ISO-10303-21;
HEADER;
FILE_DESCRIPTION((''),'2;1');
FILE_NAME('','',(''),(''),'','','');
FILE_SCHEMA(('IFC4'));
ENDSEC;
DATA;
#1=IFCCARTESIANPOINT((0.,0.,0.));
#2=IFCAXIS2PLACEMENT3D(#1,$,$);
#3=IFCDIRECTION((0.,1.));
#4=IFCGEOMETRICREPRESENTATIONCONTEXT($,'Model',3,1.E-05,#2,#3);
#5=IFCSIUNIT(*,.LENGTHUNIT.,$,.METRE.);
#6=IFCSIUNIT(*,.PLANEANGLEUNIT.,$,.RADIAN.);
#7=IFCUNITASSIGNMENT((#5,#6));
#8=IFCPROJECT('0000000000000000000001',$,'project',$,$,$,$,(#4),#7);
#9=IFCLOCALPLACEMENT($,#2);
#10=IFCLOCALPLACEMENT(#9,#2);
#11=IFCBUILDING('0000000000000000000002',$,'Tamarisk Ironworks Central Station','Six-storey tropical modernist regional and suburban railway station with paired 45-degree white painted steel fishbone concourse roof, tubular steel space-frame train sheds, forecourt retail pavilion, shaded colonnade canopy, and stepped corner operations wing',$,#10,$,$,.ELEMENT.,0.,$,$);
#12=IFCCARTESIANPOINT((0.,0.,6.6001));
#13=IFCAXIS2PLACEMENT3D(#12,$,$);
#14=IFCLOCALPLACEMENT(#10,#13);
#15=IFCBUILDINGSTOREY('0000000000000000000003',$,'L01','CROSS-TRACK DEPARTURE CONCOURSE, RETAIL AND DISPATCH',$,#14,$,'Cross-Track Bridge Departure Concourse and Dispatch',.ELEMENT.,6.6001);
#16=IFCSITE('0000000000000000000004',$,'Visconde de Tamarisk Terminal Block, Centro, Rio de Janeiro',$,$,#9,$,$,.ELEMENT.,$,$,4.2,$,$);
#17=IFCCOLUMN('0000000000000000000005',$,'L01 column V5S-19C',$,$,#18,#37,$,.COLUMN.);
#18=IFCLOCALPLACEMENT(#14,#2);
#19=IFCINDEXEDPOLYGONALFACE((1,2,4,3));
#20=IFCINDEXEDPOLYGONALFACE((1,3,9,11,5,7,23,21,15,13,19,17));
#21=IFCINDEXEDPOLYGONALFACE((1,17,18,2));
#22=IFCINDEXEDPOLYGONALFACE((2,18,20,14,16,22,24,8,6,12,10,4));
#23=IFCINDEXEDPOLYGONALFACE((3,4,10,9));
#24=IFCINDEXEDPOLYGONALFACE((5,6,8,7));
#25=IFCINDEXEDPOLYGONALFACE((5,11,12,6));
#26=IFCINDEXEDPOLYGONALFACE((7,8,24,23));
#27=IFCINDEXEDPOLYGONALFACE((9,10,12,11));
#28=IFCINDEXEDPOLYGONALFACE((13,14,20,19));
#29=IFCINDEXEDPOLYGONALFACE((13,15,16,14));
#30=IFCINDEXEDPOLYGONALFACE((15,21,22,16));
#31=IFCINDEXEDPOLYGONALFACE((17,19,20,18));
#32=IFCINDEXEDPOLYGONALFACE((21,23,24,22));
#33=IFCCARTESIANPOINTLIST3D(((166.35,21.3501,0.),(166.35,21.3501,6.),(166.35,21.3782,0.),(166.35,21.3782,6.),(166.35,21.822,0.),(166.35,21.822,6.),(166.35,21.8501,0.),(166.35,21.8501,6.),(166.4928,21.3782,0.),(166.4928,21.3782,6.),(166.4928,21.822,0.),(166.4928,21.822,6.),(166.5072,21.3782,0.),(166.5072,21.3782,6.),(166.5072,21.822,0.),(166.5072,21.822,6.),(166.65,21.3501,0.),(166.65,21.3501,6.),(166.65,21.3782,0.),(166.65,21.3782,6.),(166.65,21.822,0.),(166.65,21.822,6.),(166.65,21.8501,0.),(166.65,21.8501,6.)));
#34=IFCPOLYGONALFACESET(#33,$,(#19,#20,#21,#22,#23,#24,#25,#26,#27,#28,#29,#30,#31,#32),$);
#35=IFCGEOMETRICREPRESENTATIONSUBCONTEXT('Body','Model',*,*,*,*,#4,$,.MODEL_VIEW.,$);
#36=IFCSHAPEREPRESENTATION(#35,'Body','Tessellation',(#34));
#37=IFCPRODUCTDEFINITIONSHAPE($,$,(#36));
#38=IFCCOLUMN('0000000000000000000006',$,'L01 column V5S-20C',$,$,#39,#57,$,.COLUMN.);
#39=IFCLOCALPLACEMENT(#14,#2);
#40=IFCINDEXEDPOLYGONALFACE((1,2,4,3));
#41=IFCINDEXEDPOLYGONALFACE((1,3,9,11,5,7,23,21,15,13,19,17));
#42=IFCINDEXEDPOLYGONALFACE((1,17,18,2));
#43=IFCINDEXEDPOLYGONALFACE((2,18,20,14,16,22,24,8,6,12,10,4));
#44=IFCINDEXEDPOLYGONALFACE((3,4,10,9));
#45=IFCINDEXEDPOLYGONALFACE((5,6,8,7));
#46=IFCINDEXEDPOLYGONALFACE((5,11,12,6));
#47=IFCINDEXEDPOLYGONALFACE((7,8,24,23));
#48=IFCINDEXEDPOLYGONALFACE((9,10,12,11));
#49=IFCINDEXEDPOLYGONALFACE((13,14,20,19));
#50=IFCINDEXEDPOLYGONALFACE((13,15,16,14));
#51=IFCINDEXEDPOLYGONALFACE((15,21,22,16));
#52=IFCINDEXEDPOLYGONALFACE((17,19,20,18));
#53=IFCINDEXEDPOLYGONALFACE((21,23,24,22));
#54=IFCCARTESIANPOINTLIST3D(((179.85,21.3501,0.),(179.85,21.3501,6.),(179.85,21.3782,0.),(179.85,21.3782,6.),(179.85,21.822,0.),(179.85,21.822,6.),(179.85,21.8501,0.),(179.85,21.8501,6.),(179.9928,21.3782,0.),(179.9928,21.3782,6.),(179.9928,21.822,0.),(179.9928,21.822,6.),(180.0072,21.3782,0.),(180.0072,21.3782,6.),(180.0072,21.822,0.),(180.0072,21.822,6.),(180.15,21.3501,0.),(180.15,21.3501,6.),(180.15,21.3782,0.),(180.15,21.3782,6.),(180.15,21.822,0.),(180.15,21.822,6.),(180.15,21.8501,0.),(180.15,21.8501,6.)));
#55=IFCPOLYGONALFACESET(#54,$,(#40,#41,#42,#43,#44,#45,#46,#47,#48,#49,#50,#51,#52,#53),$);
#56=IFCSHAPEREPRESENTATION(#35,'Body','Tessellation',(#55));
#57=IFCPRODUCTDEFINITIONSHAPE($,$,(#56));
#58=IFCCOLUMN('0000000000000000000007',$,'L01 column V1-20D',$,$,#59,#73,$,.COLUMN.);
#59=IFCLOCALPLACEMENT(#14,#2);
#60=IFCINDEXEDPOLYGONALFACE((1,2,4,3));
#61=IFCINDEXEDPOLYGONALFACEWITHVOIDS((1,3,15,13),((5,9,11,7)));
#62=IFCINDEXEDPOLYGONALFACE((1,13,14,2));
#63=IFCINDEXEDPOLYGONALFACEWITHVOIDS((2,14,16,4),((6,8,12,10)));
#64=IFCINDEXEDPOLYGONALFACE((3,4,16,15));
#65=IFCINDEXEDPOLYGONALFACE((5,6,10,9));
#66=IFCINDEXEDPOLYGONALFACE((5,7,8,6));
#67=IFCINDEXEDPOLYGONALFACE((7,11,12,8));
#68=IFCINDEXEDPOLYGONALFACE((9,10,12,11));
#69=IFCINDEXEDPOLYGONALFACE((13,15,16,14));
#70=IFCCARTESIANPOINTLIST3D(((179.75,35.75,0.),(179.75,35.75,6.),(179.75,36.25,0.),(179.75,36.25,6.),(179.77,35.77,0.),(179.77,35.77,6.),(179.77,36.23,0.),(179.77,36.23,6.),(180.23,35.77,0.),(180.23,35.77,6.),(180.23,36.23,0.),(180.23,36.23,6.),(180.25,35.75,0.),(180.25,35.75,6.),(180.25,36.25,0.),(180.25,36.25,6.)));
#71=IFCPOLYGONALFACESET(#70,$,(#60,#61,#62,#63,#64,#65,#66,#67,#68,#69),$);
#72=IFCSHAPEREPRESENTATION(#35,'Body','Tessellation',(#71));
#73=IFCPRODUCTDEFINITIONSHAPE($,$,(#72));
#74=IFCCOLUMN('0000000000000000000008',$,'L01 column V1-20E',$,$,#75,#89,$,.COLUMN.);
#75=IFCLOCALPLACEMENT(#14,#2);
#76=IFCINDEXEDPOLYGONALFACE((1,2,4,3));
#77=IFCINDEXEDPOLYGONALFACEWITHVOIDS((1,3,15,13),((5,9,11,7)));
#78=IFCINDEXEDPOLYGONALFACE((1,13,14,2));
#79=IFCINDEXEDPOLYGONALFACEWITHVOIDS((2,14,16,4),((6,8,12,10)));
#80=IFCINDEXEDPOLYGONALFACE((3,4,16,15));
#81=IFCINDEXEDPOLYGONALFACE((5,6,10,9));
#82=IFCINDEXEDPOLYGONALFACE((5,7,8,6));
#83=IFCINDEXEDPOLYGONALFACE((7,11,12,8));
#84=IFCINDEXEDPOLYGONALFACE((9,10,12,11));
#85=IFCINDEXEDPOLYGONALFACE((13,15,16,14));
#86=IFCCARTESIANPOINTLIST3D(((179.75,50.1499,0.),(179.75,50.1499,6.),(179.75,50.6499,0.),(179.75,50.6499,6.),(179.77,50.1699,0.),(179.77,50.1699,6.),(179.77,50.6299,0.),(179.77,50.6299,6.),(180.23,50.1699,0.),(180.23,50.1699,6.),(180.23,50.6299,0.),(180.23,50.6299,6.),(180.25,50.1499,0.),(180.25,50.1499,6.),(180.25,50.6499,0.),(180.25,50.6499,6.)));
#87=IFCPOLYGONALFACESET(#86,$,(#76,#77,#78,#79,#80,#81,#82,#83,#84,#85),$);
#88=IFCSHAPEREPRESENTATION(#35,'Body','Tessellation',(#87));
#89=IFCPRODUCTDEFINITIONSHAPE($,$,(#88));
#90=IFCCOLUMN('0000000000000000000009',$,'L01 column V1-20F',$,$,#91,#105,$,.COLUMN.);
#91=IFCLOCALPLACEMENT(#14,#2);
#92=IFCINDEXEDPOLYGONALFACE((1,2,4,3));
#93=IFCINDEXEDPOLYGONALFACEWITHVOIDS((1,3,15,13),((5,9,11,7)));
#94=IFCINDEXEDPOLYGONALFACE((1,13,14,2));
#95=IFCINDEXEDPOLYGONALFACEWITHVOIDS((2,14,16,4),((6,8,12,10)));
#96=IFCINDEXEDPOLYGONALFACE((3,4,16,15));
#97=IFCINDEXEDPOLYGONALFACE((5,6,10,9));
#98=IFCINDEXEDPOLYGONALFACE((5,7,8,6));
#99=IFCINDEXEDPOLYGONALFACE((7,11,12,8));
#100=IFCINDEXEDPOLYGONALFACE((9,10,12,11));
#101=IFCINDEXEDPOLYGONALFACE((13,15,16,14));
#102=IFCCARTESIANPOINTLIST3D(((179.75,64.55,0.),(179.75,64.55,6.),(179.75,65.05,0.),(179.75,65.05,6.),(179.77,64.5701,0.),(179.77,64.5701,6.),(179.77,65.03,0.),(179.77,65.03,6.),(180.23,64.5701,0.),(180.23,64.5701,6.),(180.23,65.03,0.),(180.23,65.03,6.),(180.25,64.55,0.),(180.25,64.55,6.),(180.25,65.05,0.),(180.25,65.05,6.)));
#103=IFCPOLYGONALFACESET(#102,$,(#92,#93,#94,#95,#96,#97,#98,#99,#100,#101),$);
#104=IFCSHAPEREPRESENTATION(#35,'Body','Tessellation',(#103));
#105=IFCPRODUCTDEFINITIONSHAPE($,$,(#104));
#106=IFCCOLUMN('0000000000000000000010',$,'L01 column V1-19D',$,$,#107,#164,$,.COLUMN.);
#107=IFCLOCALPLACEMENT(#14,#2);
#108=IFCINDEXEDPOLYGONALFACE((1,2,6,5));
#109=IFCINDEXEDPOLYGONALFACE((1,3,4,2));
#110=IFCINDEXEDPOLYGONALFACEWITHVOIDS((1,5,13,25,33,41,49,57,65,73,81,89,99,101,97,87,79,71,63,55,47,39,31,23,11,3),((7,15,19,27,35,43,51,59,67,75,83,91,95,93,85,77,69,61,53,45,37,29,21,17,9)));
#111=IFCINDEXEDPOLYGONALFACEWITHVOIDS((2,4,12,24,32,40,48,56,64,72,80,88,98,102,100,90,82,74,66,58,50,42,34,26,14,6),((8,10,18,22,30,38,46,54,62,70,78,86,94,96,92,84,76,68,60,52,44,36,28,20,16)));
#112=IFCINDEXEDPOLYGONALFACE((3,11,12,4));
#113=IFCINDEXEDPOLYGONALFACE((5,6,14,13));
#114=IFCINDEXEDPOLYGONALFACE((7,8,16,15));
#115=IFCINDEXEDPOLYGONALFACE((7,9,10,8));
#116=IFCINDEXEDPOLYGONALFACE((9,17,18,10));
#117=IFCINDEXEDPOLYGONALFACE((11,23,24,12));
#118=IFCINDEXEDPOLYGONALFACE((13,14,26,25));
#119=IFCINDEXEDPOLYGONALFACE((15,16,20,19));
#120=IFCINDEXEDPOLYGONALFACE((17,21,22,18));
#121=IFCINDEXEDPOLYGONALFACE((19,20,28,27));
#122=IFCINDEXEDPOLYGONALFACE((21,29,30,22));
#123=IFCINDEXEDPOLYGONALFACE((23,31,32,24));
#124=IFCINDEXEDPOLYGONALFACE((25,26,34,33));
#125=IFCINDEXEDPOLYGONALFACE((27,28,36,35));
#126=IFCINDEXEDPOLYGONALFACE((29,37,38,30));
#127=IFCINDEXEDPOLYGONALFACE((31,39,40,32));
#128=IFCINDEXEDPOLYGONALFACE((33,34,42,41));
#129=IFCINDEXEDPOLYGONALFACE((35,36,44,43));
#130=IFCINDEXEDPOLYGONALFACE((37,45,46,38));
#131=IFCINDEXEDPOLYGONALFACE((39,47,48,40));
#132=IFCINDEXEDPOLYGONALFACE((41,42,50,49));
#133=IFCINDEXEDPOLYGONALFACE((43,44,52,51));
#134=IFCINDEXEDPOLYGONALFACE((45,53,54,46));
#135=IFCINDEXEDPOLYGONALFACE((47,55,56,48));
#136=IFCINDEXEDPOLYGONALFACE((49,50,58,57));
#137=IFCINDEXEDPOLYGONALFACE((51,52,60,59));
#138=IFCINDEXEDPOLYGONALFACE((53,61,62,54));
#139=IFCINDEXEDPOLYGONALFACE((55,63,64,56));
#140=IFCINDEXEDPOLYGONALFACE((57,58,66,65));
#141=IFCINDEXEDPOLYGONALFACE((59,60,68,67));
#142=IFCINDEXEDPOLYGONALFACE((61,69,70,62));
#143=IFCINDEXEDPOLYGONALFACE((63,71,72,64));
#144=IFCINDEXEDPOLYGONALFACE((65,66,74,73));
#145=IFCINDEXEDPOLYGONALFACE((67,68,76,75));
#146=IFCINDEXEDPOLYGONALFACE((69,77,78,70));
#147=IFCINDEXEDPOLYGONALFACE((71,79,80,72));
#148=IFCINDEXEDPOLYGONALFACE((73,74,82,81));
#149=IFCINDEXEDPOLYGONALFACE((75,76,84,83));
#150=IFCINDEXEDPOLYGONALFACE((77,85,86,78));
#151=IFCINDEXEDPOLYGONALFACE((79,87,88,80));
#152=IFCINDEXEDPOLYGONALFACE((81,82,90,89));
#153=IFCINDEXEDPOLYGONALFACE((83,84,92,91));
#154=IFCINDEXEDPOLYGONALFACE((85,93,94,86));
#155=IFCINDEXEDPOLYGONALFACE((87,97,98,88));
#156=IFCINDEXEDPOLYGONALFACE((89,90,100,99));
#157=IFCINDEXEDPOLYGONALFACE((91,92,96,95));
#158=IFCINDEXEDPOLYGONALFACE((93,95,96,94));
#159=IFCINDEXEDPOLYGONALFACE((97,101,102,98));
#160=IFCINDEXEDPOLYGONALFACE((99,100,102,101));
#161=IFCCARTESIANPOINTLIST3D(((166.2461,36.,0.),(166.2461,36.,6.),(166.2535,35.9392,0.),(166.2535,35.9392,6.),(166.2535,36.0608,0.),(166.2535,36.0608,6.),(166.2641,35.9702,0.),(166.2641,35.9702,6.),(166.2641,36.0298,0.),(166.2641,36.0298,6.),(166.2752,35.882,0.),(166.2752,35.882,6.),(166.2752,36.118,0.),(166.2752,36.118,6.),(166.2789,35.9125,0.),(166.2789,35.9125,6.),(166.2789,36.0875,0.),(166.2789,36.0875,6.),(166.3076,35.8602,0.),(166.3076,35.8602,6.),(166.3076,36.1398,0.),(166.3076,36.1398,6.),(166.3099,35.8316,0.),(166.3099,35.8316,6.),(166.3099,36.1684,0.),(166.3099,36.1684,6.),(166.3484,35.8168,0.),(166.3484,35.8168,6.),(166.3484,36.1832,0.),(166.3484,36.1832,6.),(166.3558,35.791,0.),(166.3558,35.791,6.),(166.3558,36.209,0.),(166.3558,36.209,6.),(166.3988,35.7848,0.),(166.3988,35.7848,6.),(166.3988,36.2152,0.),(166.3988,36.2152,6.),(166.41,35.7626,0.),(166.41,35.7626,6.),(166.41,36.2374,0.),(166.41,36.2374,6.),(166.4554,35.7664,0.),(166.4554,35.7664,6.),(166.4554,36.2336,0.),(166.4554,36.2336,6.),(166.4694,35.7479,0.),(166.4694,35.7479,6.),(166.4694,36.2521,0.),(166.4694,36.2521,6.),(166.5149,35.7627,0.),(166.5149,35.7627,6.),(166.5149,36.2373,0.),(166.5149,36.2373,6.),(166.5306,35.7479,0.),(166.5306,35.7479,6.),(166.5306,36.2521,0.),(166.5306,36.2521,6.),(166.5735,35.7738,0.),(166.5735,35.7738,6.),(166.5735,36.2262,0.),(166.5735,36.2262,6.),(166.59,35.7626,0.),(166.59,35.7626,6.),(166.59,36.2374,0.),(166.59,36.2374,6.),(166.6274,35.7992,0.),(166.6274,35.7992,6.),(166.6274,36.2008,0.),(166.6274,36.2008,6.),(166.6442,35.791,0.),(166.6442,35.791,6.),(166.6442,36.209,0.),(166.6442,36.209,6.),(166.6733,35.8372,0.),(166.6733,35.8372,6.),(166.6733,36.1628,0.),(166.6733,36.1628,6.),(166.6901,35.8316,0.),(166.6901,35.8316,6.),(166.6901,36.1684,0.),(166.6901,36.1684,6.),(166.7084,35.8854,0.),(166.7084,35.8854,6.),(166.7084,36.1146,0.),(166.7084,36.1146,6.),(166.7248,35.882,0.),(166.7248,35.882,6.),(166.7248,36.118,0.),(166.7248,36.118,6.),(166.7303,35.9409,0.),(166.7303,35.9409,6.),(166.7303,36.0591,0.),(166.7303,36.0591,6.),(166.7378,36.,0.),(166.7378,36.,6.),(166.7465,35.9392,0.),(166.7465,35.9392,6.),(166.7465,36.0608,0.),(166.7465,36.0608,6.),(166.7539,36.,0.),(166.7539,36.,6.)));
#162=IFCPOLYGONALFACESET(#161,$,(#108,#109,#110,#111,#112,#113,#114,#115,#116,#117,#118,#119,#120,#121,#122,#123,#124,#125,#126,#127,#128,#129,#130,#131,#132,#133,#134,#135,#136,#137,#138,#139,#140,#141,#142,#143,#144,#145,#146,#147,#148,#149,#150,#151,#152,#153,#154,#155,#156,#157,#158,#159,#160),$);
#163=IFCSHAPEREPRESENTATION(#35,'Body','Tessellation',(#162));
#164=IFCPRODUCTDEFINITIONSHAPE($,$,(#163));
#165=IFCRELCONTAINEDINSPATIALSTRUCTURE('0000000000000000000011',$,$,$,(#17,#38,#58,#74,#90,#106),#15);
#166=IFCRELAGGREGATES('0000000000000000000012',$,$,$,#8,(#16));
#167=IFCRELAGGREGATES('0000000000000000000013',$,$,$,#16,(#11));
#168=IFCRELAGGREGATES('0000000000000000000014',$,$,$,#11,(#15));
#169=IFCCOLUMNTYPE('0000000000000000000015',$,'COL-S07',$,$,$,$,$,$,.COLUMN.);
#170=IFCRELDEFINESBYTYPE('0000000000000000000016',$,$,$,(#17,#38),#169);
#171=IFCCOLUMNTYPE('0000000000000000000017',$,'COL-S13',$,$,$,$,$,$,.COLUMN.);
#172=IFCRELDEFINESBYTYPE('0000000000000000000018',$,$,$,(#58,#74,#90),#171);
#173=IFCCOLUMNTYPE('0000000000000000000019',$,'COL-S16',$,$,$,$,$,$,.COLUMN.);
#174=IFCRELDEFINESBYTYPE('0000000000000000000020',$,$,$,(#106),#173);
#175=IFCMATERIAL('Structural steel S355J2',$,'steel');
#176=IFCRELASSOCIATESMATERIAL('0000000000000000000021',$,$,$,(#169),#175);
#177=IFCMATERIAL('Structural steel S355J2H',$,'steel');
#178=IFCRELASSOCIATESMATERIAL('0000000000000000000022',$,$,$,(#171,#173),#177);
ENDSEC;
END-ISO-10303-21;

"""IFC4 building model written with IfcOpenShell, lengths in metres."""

from ifc_helpers import new_model, si_unit, direction, frame, origin, origin_2d, place, context, subcontext, project, spatial, hollow_rectangle, hollow_circle, i_section, extrude, material, material_profile, profile_set, type_object, element, save


model = new_model("IFC4")

# Units and contexts
model_context = context("Model", 3, precision=1e-05, world=origin(), true_north=direction((0.0, 1.0)))
body_context = subcontext(model_context, "Body", "Model", "MODEL_VIEW")
ifc_project = project(units=[si_unit("LENGTHUNIT", "METRE"), si_unit("PLANEANGLEUNIT", "RADIAN")], contexts=[model_context])

# Site, building, storey
site_placement = place(None, origin())
site = spatial("IfcSite", under=ifc_project, at=site_placement, Name="Visconde de Tamarisk Terminal Block, Centro, Rio de Janeiro", CompositionType="ELEMENT", RefElevation=4.2)
building_placement = place(site_placement, origin())
building = spatial("IfcBuilding", under=site, at=building_placement, Name="Tamarisk Ironworks Central Station", Description="Six-storey tropical modernist regional and suburban railway station with paired 45-degree white painted steel fishbone concourse roof, tubular steel space-frame train sheds, forecourt retail pavilion, shaded colonnade canopy, and stepped corner operations wing", CompositionType="ELEMENT", ElevationOfRefHeight=0.0)
storey_placement = place(building_placement, frame((0.0, 0.0, 6.6001)))
storey = spatial("IfcBuildingStorey", under=building, at=storey_placement, Name="L01", Description="CROSS-TRACK DEPARTURE CONCOURSE, RETAIL AND DISPATCH", LongName="Cross-Track Bridge Departure Concourse and Dispatch", CompositionType="ELEMENT", Elevation=6.6001)

# Columns
ifc_material_1 = material(Name="Structural steel S355J2", Category="steel")
ifc_material_profile_1 = material_profile(ifc_material_1, i_section(OverallWidth=0.3, OverallDepth=0.5, WebThickness=0.0144, FlangeThickness=0.0281, at=origin_2d()), Name="HEB 500")
ifc_profile_set_1 = profile_set([ifc_material_profile_1], Name="Structural steel S355J2")
column_type_1 = type_object("IfcColumnType", Name="COL-S07", PredefinedType="COLUMN", material=ifc_profile_set_1)
for number, where, z_axis, x_axis, name in (
    (1, (166.5, 21.6001, 0.0), (0.0, 0.0, 1.0), (1.0, 0.0, 0.0), "L01 column V5S-19C"),
    (2, (180.0, 21.6001, 0.0), (0.0, 0.0, 1.0), (1.0, 0.0, 0.0), "L01 column V5S-20C"),
):
    element("IfcColumn", number, at=place(storey_placement, frame(where, z_axis=z_axis, x_axis=x_axis)), inside=storey, type_object=column_type_1, Name=name, PredefinedType="COLUMN", context=body_context, shape_type="SweptSolid", body=[
        extrude(i_section(OverallWidth=0.3, OverallDepth=0.5, WebThickness=0.0144, FlangeThickness=0.0281, at=origin_2d()), origin(), (0.0, 0.0, 1.0), 6.0),
    ])
ifc_material_2 = material(Name="Structural steel S355J2H", Category="steel")
ifc_material_profile_2 = material_profile(ifc_material_2, hollow_rectangle(XDim=0.5, YDim=0.5, WallThickness=0.02, at=origin_2d()), Name="SHS 500x500x20")
ifc_profile_set_2 = profile_set([ifc_material_profile_2], Name="Structural steel S355J2H")
column_type_2 = type_object("IfcColumnType", Name="COL-S13", PredefinedType="COLUMN", material=ifc_profile_set_2)
for number, where, z_axis, x_axis, name in (
    (3, (180.0, 36.0, 0.0), (0.0, 0.0, 1.0), (1.0, 0.0, 0.0), "L01 column V1-20D"),
    (4, (180.0, 50.3999, 0.0), (0.0, 0.0, 1.0), (1.0, 0.0, 0.0), "L01 column V1-20E"),
    (5, (180.0, 64.8, 0.0), (0.0, 0.0, 1.0), (1.0, 0.0, 0.0), "L01 column V1-20F"),
):
    element("IfcColumn", number, at=place(storey_placement, frame(where, z_axis=z_axis, x_axis=x_axis)), inside=storey, type_object=column_type_2, Name=name, PredefinedType="COLUMN", context=body_context, shape_type="SweptSolid", body=[
        extrude(hollow_rectangle(XDim=0.5, YDim=0.5, WallThickness=0.02, at=origin_2d()), origin(), (0.0, 0.0, 1.0), 6.0),
    ])
ifc_material_profile_3 = material_profile(ifc_material_2, hollow_circle(Radius=0.2539, WallThickness=0.0161, at=origin_2d()), Name="CHS 508x16")
ifc_profile_set_3 = profile_set([ifc_material_profile_3], Name="Structural steel S355J2H")
column_type_3 = type_object("IfcColumnType", Name="COL-S16", PredefinedType="COLUMN", material=ifc_profile_set_3)
for number, where, z_axis, x_axis, name in (
    (6, (166.5, 36.0, 0.0), (0.0, 0.0, 1.0), (1.0, 0.0, 0.0), "L01 column V1-19D"),
):
    element("IfcColumn", number, at=place(storey_placement, frame(where, z_axis=z_axis, x_axis=x_axis)), inside=storey, type_object=column_type_3, Name=name, PredefinedType="COLUMN", context=body_context, shape_type="SweptSolid", body=[
        extrude(hollow_circle(Radius=0.2539, WallThickness=0.0161, at=origin_2d()), origin(), (0.0, 0.0, 1.0), 6.0),
    ])

save(model, "model.ifc")
